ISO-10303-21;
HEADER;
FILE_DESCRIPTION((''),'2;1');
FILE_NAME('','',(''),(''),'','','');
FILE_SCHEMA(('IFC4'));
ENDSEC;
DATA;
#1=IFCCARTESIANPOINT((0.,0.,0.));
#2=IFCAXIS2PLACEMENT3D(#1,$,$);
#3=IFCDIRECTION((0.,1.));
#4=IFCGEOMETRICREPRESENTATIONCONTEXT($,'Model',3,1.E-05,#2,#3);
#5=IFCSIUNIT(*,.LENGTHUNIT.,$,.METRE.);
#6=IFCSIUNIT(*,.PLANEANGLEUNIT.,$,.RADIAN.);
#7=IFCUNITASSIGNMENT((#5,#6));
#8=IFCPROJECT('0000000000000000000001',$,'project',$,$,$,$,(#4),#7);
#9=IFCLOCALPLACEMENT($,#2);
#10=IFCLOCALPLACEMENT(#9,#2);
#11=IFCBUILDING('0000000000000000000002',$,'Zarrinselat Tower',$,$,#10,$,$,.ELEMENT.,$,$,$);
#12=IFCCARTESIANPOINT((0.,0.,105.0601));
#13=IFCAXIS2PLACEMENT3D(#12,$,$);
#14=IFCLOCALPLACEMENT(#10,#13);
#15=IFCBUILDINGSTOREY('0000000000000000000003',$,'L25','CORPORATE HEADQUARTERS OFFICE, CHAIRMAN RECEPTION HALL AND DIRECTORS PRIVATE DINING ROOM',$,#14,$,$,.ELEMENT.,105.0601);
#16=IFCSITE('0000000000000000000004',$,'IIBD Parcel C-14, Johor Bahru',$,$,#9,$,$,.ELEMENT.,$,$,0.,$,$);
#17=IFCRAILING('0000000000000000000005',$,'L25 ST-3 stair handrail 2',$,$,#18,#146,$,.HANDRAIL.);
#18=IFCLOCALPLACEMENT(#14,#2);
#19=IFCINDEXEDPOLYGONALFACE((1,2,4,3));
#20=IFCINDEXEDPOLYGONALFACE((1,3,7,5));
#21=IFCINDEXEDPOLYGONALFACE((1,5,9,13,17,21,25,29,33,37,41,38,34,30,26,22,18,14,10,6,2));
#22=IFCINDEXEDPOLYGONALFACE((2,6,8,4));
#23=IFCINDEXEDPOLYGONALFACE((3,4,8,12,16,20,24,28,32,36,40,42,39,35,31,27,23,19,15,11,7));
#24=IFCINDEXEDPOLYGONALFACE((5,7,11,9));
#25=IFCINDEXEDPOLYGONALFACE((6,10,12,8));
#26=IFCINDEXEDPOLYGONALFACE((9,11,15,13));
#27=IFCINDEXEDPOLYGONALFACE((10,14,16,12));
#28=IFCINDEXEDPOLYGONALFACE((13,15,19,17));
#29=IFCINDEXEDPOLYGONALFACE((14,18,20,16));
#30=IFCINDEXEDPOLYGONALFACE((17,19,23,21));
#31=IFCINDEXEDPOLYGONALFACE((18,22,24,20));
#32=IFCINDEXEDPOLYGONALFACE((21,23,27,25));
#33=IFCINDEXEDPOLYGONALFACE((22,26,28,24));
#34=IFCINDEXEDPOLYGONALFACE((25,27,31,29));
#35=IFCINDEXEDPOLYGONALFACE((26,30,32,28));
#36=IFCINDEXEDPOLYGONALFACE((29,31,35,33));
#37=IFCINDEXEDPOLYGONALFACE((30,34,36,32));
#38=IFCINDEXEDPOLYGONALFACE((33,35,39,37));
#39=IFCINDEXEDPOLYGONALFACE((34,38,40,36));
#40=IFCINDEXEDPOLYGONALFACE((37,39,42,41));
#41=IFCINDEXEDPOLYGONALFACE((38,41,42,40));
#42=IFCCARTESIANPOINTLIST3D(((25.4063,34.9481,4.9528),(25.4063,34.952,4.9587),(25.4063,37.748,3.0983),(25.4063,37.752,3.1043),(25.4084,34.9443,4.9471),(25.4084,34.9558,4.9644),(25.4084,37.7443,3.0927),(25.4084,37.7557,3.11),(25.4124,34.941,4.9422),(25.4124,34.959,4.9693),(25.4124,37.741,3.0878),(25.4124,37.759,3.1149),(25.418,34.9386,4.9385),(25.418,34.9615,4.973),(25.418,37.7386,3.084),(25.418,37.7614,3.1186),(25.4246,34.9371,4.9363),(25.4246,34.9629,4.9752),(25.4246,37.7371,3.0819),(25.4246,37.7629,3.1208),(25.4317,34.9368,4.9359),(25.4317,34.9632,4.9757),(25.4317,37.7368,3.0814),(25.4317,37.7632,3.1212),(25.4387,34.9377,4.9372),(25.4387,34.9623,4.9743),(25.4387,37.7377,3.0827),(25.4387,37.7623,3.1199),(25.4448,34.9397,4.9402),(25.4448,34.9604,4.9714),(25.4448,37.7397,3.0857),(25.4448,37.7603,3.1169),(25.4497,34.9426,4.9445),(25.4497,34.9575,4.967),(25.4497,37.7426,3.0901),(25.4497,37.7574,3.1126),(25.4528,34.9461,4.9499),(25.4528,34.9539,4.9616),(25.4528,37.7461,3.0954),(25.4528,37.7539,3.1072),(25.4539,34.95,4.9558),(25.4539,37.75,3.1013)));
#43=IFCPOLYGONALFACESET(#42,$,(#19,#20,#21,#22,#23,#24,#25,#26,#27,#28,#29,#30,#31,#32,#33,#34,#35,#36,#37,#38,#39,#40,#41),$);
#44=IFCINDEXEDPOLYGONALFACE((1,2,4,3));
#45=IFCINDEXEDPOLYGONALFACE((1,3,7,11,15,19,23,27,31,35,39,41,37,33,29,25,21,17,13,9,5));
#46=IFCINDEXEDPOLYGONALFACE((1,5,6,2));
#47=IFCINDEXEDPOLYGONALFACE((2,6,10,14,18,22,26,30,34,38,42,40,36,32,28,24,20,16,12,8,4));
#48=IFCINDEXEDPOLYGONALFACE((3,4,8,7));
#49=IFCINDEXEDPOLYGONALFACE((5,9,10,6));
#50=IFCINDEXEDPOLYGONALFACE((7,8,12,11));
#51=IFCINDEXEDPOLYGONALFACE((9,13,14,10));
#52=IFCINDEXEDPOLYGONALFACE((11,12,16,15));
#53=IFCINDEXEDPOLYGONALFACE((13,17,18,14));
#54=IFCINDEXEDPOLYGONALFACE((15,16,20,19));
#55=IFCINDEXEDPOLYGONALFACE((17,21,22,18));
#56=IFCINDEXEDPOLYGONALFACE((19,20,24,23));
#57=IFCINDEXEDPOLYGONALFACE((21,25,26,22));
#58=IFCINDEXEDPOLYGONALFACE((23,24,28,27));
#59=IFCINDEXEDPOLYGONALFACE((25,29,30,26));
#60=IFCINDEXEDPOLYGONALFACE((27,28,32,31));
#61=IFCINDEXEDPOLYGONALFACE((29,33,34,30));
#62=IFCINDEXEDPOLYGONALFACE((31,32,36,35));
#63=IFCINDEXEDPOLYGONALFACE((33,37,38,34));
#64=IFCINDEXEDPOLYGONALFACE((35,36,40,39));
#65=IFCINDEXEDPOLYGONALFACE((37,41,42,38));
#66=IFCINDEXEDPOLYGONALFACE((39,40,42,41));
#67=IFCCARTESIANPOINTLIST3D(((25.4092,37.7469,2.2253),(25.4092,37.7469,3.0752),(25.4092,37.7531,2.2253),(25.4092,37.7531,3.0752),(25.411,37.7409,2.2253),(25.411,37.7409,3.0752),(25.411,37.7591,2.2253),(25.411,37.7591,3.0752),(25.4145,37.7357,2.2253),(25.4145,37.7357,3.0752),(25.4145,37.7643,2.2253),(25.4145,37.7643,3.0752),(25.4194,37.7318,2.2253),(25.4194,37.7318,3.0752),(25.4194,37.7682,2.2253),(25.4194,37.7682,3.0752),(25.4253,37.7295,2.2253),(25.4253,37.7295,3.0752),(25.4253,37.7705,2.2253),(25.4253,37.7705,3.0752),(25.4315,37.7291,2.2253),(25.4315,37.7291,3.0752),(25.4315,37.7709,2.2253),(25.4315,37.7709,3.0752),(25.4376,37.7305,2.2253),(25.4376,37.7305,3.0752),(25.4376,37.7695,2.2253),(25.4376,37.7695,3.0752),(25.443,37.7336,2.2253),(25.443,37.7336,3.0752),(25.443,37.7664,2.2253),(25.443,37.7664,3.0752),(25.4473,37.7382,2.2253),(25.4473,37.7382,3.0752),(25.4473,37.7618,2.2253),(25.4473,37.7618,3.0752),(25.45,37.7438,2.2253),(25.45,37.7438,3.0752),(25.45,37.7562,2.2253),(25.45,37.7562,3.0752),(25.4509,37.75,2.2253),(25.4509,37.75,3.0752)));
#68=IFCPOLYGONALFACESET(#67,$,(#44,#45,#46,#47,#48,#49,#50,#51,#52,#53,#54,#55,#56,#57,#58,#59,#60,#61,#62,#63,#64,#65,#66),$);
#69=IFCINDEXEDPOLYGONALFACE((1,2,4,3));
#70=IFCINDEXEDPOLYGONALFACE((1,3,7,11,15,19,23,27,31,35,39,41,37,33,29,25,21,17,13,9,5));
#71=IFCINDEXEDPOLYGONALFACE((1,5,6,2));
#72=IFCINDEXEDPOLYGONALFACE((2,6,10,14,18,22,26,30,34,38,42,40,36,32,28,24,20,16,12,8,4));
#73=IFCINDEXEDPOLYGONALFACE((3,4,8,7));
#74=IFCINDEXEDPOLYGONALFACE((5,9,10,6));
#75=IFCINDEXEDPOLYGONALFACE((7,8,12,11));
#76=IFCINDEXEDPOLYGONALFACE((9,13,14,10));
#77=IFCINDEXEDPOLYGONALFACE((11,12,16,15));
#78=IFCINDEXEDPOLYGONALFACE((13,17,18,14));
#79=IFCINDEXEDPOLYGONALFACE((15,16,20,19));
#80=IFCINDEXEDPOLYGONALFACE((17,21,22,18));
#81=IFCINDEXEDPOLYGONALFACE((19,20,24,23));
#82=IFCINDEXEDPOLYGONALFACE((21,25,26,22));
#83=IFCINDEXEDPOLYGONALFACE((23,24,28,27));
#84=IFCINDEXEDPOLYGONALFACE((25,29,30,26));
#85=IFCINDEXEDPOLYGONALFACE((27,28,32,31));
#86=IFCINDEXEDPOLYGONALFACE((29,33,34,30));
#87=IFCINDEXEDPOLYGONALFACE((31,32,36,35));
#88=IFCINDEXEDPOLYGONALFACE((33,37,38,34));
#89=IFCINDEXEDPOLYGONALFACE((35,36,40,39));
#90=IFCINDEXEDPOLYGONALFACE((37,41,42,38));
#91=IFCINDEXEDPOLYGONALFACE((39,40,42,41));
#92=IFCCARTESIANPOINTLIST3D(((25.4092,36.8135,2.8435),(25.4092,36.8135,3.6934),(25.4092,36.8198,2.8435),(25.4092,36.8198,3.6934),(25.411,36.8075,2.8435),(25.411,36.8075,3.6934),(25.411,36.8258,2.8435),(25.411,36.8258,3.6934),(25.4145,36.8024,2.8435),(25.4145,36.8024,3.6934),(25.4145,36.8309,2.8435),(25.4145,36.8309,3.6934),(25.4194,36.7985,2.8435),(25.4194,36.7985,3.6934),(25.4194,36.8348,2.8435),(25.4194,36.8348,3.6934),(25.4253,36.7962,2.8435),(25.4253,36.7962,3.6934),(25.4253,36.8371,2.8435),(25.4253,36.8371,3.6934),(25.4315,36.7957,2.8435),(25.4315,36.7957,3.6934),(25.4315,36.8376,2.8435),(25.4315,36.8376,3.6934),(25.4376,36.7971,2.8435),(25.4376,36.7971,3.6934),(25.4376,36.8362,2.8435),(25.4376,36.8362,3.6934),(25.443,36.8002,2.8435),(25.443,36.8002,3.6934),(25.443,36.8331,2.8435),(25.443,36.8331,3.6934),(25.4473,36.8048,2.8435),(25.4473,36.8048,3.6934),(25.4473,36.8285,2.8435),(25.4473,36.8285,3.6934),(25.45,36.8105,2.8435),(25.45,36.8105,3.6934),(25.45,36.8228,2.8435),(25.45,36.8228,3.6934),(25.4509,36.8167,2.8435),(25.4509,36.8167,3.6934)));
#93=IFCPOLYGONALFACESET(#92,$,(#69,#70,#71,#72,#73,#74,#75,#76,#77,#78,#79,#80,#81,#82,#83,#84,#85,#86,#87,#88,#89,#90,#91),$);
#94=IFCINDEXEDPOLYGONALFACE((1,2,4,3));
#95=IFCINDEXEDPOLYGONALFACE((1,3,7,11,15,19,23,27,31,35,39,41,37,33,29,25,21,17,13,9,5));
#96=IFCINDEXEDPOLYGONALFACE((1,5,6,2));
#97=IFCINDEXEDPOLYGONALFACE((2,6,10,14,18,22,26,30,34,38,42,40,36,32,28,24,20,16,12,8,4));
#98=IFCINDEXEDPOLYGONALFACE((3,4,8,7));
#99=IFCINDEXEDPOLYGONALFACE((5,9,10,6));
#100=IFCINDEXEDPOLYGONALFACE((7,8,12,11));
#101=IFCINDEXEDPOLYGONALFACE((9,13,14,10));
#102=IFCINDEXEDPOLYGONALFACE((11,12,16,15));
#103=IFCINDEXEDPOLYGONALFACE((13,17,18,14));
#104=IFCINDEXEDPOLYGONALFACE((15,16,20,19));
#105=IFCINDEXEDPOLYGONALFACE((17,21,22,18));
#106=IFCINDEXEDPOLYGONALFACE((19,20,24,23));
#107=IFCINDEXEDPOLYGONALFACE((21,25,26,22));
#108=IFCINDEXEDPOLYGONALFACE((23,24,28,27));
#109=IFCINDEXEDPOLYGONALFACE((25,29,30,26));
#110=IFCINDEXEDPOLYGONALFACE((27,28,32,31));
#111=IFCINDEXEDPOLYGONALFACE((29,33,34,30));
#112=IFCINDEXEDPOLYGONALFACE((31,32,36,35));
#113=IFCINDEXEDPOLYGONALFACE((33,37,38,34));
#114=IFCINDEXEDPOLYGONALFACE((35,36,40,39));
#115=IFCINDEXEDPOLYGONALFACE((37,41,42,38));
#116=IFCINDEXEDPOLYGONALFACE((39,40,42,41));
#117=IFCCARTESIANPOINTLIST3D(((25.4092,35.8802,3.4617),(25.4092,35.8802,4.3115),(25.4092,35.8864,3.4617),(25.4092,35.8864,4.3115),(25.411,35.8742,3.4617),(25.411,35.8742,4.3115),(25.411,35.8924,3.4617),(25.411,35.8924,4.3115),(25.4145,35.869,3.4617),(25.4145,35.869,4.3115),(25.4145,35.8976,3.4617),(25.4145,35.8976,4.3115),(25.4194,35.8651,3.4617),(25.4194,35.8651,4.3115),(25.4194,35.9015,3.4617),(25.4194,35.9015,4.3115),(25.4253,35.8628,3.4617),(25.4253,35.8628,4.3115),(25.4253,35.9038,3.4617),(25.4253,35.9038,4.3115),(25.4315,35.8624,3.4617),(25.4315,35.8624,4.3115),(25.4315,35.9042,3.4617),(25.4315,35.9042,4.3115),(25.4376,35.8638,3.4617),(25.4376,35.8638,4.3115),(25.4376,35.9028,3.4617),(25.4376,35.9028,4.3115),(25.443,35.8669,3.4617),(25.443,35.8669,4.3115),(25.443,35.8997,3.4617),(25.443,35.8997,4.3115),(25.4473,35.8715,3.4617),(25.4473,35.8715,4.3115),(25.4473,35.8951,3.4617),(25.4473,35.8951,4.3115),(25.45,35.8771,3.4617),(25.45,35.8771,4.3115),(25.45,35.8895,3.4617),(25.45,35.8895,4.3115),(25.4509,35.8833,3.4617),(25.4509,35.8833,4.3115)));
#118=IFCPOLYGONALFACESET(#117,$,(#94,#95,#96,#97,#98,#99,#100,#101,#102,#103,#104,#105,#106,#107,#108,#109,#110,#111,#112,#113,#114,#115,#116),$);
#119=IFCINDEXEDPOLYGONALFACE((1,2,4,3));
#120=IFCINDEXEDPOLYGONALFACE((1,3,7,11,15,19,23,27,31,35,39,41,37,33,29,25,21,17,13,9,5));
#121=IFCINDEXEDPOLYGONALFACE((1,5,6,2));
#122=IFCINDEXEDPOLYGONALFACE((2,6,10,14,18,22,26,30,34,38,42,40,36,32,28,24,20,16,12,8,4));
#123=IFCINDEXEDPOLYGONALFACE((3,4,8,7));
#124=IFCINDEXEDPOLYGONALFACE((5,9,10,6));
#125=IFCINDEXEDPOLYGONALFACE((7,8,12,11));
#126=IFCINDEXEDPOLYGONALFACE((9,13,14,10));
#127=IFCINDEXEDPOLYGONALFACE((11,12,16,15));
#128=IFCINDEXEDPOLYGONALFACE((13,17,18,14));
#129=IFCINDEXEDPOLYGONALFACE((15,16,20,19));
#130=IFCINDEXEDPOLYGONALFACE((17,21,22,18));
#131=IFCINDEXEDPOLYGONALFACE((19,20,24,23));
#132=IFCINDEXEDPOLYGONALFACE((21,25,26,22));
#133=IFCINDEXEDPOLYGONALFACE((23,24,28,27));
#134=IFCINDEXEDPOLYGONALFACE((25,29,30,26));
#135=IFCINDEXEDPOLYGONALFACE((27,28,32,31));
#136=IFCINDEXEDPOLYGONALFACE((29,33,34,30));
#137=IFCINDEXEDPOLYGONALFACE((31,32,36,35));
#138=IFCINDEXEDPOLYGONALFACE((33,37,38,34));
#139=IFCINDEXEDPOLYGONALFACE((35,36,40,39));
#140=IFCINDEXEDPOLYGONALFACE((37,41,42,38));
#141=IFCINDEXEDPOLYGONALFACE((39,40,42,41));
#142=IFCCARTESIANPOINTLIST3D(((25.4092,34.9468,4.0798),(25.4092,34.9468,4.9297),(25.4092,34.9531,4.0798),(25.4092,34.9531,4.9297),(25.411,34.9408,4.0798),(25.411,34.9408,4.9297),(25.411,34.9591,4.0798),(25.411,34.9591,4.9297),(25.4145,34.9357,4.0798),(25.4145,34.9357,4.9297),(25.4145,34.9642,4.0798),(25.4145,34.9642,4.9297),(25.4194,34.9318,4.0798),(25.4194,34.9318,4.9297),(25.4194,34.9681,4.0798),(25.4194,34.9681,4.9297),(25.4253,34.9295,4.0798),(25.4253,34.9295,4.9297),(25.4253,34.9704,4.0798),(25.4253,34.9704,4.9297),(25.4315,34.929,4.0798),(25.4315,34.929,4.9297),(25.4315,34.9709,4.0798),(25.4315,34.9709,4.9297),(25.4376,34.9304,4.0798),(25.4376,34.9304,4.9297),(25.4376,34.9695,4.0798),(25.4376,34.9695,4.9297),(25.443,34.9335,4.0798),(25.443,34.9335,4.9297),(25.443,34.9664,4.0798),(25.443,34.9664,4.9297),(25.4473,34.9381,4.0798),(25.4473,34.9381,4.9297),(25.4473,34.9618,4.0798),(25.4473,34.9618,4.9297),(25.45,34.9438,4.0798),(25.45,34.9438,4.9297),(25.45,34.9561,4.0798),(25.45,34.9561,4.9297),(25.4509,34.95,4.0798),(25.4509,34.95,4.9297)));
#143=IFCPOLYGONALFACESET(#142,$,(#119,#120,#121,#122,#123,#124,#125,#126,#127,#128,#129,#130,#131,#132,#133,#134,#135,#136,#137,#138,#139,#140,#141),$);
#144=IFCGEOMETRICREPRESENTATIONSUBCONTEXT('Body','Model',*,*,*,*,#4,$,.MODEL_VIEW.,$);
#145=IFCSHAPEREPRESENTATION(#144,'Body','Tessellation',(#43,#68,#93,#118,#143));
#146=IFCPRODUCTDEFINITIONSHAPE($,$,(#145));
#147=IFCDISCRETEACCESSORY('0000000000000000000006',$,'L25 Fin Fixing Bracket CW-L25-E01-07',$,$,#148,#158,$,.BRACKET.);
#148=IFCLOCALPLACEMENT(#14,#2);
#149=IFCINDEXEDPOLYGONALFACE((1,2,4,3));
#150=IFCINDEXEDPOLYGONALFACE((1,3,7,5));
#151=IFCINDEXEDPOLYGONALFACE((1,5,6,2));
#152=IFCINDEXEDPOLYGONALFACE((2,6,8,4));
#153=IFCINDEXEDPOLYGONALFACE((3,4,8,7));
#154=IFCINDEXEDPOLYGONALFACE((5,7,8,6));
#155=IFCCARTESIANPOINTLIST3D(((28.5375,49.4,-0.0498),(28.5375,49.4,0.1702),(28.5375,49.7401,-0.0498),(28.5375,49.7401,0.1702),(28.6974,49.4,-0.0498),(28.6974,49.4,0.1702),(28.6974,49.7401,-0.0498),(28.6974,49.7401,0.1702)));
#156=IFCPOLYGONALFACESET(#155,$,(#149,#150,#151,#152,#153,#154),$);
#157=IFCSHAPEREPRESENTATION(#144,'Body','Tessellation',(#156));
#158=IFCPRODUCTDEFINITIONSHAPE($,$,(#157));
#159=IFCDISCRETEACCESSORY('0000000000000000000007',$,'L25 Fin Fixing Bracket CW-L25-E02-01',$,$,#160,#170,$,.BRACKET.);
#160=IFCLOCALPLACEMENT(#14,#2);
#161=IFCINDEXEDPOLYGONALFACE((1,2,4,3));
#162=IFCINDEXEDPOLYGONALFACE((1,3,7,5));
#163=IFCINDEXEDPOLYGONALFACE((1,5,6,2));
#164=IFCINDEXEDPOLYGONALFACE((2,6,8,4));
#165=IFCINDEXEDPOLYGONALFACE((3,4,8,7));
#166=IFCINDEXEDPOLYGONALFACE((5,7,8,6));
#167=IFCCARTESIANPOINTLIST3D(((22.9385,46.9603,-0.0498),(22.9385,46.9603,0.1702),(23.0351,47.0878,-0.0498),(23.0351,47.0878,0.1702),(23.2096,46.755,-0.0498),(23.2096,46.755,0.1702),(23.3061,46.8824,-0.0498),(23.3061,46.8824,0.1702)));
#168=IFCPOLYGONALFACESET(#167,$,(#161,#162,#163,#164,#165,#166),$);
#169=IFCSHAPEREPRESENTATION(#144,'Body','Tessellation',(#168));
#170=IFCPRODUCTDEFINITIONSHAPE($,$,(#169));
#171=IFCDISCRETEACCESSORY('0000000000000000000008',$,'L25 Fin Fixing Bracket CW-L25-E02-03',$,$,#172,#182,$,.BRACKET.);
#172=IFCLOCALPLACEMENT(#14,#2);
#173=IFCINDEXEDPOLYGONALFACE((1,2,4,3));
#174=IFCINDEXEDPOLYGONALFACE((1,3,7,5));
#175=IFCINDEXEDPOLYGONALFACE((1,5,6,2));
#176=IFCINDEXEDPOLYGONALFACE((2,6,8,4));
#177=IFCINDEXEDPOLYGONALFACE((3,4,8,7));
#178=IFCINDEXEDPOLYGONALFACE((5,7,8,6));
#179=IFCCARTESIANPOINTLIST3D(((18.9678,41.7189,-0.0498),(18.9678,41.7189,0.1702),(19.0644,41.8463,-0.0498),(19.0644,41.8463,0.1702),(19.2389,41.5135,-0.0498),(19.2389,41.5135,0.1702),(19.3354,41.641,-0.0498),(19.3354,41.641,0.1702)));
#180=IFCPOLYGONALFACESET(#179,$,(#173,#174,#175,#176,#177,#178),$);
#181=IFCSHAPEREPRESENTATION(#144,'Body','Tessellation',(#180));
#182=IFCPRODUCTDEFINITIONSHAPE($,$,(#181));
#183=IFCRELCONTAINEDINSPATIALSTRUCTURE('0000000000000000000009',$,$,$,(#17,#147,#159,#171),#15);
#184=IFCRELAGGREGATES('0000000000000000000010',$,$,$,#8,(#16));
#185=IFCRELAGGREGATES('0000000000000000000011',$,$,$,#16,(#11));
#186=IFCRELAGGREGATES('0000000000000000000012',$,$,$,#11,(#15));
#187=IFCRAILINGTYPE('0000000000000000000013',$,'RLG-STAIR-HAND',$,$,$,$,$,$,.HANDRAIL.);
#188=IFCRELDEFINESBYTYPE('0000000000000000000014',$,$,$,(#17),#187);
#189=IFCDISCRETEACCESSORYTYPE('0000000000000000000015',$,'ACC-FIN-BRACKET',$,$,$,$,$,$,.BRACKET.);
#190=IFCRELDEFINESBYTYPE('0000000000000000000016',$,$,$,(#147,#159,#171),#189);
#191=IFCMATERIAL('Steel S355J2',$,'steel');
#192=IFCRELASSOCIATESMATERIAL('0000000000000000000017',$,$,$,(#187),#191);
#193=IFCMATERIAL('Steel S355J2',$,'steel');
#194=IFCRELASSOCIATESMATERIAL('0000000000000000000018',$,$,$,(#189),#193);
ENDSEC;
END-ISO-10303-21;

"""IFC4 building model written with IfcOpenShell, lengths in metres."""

from ifc_helpers import new_model, si_unit, direction, frame, origin, origin_2d, place, context, subcontext, project, spatial, rectangle, circle, extrude, material, type_object, element, save


model = new_model("IFC4")

# Units and contexts
model_context = context("Model", 3, precision=1e-05, world=origin(), true_north=direction((0.0, 1.0)))
body_context = subcontext(model_context, "Body", "Model", "MODEL_VIEW")
ifc_project = project(units=[si_unit("LENGTHUNIT", "METRE"), si_unit("PLANEANGLEUNIT", "RADIAN")], contexts=[model_context])

# Site, building, storey
site_placement = place(None, origin())
site = spatial("IfcSite", under=ifc_project, at=site_placement, Name="IIBD Parcel C-14, Johor Bahru", CompositionType="ELEMENT", RefElevation=0.0)
building_placement = place(site_placement, origin())
building = spatial("IfcBuilding", under=site, at=building_placement, Name="Zarrinselat Tower", CompositionType="ELEMENT")
storey_placement = place(building_placement, frame((0.0, 0.0, 105.0601)))
storey = spatial("IfcBuildingStorey", under=building, at=storey_placement, Name="L25", Description="CORPORATE HEADQUARTERS OFFICE, CHAIRMAN RECEPTION HALL AND DIRECTORS PRIVATE DINING ROOM", CompositionType="ELEMENT", Elevation=105.0601)

# Railing
ifc_material_1 = material(Name="Steel S355J2", Category="steel")
railing_type_1 = type_object("IfcRailingType", Name="RLG-STAIR-HAND", PredefinedType="HANDRAIL", material=ifc_material_1)
railing_1_placement = place(storey_placement, frame((25.4299, 37.75, 2.2253)))
element("IfcRailing", 1, at=railing_1_placement, inside=storey, type_object=railing_type_1, Name="L25 ST-3 stair handrail 2", PredefinedType="HANDRAIL", context=body_context, shape_type="SweptSolid", body=[
    extrude(circle(Radius=0.0239, at=origin_2d()), frame((0.0, 0.0, 0.876), z_axis=(0.0, -0.833724, 0.552181), x_axis=(1.0, 0.0, 0.0)), (0.0, 0.0, 1.0), 3.3584),
    extrude(circle(Radius=0.021, at=origin_2d()), origin(), (0.0, 0.0, 1.0), 0.8499),
    extrude(circle(Radius=0.021, at=origin_2d()), frame((0.0, -0.9333, 0.6182)), (0.0, 0.0, 1.0), 0.8499),
    extrude(circle(Radius=0.021, at=origin_2d()), frame((0.0, -1.8667, 1.2363)), (0.0, 0.0, 1.0), 0.8499),
    extrude(circle(Radius=0.021, at=origin_2d()), frame((0.0, -2.8, 1.8545)), (0.0, 0.0, 1.0), 0.8499),
])

# Discrete accessories
ifc_material_2 = material(Name="Steel S355J2", Category="steel")
discrete_accessory_type = type_object("IfcDiscreteAccessoryType", Name="ACC-FIN-BRACKET", PredefinedType="BRACKET", material=ifc_material_2)
for number, where, z_axis, x_axis, name in (
    (2, (28.6174, 49.5701, -0.0498), (0.0, 0.0, 1.0), (0.0, 1.0, 0.0), "L25 Fin Fixing Bracket CW-L25-E01-07"),
    (3, (23.1223, 46.9214, -0.0498), (0.0, 0.0, 1.0), (-0.797094, 0.603855, 0.0), "L25 Fin Fixing Bracket CW-L25-E02-01"),
    (4, (19.1516, 41.6799, -0.0498), (0.0, 0.0, 1.0), (-0.797094, 0.603855, 0.0), "L25 Fin Fixing Bracket CW-L25-E02-03"),
):
    element("IfcDiscreteAccessory", number, at=place(storey_placement, frame(where, z_axis=z_axis, x_axis=x_axis)), inside=storey, type_object=discrete_accessory_type, Name=name, PredefinedType="BRACKET", context=body_context, shape_type="SweptSolid", body=[
        extrude(rectangle(XDim=0.3401, YDim=0.1599, at=origin_2d()), origin(), (0.0, 0.0, 1.0), 0.22),
    ])

save(model, "model.ifc")
